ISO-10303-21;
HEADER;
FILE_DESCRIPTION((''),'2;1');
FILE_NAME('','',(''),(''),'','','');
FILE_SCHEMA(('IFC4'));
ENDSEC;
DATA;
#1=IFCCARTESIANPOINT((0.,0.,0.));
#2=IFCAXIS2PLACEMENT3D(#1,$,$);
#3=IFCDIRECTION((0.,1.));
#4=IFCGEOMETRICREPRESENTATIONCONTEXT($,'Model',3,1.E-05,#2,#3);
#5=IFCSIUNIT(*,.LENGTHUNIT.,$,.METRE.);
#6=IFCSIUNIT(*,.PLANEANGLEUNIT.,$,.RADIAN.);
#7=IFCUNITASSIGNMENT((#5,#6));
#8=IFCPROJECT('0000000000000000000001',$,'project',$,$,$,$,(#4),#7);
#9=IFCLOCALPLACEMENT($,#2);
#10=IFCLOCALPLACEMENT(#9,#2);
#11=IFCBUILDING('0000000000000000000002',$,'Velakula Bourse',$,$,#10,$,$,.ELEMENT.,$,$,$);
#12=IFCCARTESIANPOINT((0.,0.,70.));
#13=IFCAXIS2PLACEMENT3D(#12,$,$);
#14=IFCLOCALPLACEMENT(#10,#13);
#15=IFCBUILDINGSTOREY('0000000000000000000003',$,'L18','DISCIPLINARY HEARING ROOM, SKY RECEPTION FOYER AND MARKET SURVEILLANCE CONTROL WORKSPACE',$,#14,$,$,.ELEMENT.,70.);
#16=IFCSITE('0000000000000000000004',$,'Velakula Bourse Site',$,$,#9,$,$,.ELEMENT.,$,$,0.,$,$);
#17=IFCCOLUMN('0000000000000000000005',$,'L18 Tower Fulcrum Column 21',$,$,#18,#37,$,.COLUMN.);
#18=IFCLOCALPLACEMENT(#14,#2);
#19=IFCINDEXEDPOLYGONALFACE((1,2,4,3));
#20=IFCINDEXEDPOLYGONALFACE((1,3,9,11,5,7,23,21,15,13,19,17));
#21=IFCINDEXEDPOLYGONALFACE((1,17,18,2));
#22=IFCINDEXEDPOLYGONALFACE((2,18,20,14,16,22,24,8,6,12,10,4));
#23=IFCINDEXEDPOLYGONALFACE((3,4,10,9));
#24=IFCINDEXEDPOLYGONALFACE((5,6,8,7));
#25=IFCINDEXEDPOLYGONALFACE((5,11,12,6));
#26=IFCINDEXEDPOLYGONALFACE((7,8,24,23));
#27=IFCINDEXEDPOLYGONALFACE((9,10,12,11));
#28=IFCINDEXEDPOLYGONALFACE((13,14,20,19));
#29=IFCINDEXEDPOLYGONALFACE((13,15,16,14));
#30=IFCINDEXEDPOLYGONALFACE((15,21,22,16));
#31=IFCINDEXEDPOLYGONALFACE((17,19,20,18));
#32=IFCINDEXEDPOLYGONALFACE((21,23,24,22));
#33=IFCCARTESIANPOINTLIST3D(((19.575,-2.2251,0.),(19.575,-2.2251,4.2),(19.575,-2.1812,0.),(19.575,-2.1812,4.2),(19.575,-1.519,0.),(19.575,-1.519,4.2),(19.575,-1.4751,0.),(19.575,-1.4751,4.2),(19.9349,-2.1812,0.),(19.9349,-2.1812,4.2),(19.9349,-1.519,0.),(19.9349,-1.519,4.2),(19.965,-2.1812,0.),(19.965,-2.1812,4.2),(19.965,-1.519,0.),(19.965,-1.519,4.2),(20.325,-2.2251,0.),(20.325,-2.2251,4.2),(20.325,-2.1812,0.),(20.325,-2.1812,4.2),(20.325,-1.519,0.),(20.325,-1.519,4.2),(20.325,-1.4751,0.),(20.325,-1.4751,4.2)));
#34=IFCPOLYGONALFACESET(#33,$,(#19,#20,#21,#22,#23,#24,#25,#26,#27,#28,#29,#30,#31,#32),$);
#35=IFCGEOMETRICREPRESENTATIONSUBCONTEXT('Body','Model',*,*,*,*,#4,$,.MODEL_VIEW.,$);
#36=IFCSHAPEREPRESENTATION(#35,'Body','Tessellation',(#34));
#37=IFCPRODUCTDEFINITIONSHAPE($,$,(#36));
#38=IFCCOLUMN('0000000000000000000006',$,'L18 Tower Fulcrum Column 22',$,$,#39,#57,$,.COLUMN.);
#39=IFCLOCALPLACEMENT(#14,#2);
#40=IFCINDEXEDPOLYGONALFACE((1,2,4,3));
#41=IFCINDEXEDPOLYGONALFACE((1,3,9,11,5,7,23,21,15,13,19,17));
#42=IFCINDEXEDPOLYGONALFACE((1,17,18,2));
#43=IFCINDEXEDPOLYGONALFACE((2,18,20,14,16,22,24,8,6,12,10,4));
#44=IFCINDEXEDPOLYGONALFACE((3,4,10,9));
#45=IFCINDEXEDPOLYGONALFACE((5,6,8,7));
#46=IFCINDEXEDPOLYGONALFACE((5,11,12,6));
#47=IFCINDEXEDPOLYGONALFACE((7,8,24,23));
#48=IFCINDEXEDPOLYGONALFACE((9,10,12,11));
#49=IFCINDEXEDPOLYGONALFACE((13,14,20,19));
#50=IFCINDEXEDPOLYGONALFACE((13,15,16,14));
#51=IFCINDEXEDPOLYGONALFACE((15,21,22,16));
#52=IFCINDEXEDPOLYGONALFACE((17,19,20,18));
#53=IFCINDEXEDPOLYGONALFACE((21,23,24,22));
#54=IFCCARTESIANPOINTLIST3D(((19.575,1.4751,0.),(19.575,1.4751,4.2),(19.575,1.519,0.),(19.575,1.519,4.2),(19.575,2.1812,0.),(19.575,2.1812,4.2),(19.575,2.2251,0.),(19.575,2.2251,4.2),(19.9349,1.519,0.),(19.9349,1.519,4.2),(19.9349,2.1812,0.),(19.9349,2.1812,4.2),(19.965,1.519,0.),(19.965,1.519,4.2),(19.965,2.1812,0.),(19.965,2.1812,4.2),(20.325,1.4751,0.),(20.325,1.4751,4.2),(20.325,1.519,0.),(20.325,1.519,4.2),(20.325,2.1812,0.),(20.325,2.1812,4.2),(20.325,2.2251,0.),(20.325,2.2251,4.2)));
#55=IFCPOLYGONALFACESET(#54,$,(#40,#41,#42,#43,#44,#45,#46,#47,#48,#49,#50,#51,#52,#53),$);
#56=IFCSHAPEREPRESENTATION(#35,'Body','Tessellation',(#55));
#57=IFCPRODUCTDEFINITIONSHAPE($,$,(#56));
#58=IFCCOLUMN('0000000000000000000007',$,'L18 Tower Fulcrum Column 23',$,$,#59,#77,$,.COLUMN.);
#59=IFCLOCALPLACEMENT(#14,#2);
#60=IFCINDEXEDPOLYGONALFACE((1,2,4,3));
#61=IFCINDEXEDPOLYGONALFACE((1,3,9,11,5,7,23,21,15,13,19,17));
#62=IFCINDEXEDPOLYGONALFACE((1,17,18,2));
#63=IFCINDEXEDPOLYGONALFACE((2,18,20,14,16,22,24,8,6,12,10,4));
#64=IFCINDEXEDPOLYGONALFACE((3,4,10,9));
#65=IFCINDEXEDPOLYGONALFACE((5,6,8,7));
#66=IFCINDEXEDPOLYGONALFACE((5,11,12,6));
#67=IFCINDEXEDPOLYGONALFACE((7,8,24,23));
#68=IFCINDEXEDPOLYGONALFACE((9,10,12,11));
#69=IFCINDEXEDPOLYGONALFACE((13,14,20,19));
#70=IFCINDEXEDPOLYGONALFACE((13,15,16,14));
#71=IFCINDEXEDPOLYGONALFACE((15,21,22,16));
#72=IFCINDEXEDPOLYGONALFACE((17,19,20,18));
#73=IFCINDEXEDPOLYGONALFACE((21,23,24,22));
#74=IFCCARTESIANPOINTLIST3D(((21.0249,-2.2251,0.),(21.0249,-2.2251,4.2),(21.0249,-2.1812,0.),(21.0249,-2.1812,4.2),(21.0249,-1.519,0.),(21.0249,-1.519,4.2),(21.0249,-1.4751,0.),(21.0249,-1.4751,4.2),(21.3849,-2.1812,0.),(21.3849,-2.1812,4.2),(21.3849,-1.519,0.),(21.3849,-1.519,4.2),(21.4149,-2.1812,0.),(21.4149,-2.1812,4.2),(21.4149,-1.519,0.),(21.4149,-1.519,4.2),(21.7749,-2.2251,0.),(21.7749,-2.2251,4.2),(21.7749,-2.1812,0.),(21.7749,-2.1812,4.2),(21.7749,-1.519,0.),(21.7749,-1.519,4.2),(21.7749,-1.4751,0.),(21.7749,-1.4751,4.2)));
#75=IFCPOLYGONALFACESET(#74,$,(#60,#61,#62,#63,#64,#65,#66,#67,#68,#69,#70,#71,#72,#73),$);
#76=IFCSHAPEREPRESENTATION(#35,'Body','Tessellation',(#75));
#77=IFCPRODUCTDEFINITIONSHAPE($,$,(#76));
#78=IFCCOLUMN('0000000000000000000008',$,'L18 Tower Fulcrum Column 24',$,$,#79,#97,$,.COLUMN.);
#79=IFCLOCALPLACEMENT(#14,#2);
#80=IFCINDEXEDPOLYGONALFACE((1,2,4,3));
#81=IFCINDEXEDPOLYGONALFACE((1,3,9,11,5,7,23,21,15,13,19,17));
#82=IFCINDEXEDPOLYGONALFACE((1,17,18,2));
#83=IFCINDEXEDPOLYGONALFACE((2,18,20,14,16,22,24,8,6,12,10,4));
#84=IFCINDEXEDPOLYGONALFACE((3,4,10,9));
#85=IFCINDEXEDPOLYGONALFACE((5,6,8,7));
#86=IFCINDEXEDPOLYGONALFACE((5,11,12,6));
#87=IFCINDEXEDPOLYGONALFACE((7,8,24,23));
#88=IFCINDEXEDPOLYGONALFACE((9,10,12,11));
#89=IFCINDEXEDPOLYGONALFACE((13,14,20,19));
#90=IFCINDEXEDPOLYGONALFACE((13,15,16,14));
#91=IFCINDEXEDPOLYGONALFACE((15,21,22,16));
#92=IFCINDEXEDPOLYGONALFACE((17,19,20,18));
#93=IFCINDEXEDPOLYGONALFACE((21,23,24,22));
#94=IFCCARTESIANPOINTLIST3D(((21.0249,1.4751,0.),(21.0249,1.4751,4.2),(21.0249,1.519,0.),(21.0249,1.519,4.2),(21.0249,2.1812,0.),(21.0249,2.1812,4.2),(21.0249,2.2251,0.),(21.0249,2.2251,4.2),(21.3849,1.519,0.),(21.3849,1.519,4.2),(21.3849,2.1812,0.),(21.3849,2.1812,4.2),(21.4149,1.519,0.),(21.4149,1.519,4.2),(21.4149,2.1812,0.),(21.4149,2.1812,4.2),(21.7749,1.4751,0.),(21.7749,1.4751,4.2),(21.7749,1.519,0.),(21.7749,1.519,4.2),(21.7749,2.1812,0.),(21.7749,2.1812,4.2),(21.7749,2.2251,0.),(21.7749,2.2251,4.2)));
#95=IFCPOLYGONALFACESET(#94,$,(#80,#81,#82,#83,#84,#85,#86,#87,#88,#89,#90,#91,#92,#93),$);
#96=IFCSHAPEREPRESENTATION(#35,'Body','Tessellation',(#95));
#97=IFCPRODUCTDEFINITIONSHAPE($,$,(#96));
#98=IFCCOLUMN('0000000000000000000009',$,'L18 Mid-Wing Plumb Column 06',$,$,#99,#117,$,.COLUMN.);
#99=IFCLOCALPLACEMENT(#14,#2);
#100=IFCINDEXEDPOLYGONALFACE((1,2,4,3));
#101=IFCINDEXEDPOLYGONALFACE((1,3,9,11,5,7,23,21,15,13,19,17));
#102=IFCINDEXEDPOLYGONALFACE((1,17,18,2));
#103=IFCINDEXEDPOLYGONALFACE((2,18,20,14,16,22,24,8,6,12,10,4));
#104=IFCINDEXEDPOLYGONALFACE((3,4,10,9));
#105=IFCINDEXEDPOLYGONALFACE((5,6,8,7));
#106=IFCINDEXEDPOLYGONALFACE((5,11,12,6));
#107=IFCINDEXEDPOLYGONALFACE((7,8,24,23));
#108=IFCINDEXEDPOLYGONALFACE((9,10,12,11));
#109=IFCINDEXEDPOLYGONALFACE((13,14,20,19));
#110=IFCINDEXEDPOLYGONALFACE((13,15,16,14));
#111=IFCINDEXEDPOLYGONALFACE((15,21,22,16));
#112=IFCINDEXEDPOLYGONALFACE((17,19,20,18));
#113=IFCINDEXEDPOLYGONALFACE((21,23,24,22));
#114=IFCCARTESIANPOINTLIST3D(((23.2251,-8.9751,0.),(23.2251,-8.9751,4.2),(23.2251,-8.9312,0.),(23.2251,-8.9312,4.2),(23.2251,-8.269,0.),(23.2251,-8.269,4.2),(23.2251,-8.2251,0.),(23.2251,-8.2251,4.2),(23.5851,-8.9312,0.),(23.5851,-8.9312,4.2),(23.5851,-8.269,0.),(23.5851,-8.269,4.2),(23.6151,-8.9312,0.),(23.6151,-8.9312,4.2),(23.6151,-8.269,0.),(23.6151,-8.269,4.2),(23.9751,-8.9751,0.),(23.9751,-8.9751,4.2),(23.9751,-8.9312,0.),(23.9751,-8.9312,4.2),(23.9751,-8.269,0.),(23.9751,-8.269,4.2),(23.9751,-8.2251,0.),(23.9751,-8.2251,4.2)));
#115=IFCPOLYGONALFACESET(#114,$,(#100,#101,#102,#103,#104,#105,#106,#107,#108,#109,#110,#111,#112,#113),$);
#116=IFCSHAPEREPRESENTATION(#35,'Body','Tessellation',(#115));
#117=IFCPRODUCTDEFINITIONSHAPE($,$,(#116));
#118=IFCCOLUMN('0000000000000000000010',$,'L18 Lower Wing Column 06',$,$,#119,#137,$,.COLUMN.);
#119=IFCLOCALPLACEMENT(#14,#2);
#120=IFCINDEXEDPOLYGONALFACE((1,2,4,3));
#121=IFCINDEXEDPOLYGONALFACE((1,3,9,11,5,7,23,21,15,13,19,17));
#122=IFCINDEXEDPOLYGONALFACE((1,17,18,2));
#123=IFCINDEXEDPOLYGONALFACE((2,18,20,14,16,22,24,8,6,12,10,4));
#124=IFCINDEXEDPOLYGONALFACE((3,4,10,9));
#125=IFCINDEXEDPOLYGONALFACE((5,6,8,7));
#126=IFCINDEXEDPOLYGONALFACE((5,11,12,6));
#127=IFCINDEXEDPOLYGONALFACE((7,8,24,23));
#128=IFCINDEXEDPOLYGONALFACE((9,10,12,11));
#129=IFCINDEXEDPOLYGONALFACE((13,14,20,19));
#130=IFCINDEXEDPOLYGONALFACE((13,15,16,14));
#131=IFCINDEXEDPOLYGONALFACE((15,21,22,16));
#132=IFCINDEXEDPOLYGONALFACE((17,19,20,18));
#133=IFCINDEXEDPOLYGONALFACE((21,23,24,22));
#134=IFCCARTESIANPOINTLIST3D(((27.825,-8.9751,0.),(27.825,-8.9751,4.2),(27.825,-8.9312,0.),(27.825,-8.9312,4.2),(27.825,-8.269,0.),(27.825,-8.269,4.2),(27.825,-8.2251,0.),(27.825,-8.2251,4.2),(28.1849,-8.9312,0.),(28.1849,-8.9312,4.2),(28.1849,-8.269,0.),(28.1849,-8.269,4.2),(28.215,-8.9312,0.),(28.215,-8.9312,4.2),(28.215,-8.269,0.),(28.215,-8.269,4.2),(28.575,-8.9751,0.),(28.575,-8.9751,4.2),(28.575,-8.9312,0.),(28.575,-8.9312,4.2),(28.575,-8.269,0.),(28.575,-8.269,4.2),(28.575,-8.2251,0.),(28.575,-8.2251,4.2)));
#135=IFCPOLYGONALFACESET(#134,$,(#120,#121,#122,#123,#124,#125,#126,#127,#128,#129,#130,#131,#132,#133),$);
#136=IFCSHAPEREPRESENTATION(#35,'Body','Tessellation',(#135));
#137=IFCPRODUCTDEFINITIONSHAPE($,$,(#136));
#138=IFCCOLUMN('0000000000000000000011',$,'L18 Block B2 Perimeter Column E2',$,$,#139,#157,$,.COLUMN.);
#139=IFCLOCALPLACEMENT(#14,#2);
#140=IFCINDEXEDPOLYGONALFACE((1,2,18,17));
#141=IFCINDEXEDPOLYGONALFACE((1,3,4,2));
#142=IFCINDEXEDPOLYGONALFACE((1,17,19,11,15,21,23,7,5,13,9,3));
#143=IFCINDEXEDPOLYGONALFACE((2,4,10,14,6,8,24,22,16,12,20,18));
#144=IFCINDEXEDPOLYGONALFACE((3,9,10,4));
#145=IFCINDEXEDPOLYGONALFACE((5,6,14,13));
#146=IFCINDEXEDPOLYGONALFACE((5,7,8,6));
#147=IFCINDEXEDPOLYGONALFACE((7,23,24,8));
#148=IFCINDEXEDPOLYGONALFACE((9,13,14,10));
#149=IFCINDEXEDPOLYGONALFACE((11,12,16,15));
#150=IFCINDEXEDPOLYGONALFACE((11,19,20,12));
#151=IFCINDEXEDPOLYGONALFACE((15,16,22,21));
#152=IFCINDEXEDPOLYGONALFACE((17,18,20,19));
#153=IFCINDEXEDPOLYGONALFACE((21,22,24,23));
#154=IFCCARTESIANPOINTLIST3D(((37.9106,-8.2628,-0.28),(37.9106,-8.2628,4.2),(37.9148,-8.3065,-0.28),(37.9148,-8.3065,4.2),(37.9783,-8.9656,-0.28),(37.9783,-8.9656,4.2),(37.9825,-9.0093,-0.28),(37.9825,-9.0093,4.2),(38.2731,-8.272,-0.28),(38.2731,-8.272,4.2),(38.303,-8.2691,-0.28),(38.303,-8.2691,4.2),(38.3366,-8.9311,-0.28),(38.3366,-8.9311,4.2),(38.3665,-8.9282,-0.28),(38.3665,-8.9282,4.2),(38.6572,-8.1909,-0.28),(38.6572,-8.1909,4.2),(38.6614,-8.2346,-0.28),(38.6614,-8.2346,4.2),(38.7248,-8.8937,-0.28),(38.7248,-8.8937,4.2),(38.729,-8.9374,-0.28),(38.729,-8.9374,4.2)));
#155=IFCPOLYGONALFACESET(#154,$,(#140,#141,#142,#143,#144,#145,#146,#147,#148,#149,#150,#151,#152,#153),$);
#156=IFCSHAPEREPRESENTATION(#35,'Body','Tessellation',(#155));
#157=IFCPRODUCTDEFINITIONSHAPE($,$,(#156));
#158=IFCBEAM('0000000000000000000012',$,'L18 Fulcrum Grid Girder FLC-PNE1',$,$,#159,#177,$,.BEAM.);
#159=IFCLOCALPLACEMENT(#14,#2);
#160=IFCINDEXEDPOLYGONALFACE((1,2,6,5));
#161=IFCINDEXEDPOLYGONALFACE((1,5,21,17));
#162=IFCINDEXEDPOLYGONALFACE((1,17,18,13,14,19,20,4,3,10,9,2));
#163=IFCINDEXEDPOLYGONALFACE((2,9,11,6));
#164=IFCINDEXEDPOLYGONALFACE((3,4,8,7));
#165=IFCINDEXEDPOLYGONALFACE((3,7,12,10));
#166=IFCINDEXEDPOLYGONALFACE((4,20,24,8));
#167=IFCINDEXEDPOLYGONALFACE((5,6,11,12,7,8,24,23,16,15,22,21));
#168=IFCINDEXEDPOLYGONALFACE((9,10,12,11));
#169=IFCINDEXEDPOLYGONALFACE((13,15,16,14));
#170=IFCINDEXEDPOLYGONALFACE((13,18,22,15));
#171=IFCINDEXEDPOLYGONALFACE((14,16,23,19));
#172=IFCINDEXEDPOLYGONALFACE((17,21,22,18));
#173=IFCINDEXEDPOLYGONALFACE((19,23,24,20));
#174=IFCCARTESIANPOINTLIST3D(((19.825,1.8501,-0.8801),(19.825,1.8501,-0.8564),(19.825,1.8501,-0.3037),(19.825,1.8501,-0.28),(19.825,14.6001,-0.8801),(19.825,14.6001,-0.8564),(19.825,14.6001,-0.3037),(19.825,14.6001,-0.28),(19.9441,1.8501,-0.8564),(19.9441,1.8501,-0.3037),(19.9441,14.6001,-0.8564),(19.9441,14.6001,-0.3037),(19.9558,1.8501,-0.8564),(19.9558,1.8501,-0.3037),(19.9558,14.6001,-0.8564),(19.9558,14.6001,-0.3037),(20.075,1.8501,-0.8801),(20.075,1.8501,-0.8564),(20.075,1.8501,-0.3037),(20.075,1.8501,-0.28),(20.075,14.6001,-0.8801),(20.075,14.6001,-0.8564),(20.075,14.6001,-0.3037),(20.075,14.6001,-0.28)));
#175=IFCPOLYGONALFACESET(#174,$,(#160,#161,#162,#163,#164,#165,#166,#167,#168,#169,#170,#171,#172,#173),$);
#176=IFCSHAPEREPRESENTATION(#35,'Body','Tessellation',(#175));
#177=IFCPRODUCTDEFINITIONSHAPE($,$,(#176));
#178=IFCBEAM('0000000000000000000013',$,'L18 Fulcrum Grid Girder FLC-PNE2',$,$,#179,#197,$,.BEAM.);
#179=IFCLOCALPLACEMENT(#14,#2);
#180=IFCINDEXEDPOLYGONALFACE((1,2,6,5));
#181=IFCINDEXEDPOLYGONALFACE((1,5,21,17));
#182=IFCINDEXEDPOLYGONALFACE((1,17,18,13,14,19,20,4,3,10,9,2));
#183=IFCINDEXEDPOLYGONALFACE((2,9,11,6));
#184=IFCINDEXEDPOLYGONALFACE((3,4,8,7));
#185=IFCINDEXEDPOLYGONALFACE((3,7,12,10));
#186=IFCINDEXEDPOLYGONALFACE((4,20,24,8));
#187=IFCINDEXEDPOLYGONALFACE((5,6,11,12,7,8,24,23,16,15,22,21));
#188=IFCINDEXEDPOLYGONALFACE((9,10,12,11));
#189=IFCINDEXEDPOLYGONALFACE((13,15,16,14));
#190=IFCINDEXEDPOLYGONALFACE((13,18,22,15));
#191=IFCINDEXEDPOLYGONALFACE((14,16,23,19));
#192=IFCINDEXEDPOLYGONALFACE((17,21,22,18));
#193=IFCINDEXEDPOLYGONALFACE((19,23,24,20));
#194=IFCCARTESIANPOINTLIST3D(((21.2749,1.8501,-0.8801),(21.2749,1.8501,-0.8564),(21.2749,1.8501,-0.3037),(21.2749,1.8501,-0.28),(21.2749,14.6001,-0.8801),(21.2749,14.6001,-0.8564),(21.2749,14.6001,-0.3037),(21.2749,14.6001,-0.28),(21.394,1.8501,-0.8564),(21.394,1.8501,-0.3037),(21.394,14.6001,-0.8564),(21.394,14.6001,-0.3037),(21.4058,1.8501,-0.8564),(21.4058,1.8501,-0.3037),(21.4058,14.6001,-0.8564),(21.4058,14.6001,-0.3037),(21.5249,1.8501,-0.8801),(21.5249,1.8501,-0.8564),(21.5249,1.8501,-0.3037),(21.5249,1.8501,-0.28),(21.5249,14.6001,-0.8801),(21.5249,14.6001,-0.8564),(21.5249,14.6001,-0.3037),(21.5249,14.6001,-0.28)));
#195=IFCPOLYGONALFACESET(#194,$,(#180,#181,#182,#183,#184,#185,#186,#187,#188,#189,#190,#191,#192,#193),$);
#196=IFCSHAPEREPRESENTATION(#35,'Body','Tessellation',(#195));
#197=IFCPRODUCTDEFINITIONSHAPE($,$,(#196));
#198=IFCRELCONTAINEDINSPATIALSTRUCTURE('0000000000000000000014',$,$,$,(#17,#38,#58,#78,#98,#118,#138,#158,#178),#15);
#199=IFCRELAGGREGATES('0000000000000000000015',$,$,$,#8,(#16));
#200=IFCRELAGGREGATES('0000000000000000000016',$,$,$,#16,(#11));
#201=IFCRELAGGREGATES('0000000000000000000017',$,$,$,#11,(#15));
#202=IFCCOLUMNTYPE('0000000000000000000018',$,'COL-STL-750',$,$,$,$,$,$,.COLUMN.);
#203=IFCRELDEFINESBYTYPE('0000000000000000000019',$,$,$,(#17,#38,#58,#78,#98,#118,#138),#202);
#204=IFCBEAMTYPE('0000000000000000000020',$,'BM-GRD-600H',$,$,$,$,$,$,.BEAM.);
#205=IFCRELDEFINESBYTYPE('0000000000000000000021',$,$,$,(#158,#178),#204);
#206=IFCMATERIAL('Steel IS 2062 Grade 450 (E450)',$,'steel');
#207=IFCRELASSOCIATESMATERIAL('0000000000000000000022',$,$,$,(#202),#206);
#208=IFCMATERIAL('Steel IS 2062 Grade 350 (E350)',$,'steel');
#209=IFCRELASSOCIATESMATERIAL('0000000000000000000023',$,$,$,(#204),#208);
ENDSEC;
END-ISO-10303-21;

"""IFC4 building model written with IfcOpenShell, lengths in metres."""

from ifc_helpers import new_model, si_unit, direction, frame, origin, origin_2d, place, context, subcontext, project, spatial, i_section, extrude, material, material_profile, profile_set, type_object, element, save


model = new_model("IFC4")

# Units and contexts
model_context = context("Model", 3, precision=1e-05, world=origin(), true_north=direction((0.0, 1.0)))
body_context = subcontext(model_context, "Body", "Model", "MODEL_VIEW")
ifc_project = project(units=[si_unit("LENGTHUNIT", "METRE"), si_unit("PLANEANGLEUNIT", "RADIAN")], contexts=[model_context])

# Site, building, storey
site_placement = place(None, origin())
site = spatial("IfcSite", under=ifc_project, at=site_placement, Name="Velakula Bourse Site", CompositionType="ELEMENT", RefElevation=0.0)
building_placement = place(site_placement, origin())
building = spatial("IfcBuilding", under=site, at=building_placement, Name="Velakula Bourse", CompositionType="ELEMENT")
storey_placement = place(building_placement, frame((0.0, 0.0, 70.0)))
storey = spatial("IfcBuildingStorey", under=building, at=storey_placement, Name="L18", Description="DISCIPLINARY HEARING ROOM, SKY RECEPTION FOYER AND MARKET SURVEILLANCE CONTROL WORKSPACE", CompositionType="ELEMENT", Elevation=70.0)

# Columns
ifc_material_1 = material(Name="Steel IS 2062 Grade 450 (E450)", Category="steel")
ifc_material_profile_1 = material_profile(ifc_material_1, i_section(OverallWidth=0.75, OverallDepth=0.75, WebThickness=0.03, FlangeThickness=0.0439, at=origin_2d()), Name="Steel IS 2062 Grade 450 (E450)")
ifc_profile_set_1 = profile_set([ifc_material_profile_1], Name="Steel IS 2062 Grade 450 (E450)")
column_type = type_object("IfcColumnType", Name="COL-STL-750", PredefinedType="COLUMN", material=ifc_profile_set_1)
for number, where, z_axis, x_axis, name in (
    (1, (19.95, -1.8501, 0.0), (0.0, 0.0, 1.0), (1.0, 0.0, 0.0), "L18 Tower Fulcrum Column 21"),
    (2, (19.95, 1.8501, 0.0), (0.0, 0.0, 1.0), (1.0, 0.0, 0.0), "L18 Tower Fulcrum Column 22"),
    (3, (21.3999, -1.8501, 0.0), (0.0, 0.0, 1.0), (1.0, 0.0, 0.0), "L18 Tower Fulcrum Column 23"),
    (4, (21.3999, 1.8501, 0.0), (0.0, 0.0, 1.0), (1.0, 0.0, 0.0), "L18 Tower Fulcrum Column 24"),
    (5, (23.6001, -8.6001, 0.0), (0.0, 0.0, 1.0), (1.0, 0.0, 0.0), "L18 Mid-Wing Plumb Column 06"),
    (6, (28.2, -8.6001, 0.0), (0.0, 0.0, 1.0), (1.0, 0.0, 0.0), "L18 Lower Wing Column 06"),
):
    element("IfcColumn", number, at=place(storey_placement, frame(where, z_axis=z_axis, x_axis=x_axis)), inside=storey, type_object=column_type, Name=name, PredefinedType="COLUMN", context=body_context, shape_type="SweptSolid", body=[
        extrude(i_section(OverallWidth=0.75, OverallDepth=0.75, WebThickness=0.03, FlangeThickness=0.0439, at=origin_2d()), origin(), (0.0, 0.0, 1.0), 4.2),
    ])
column_placement = place(storey_placement, frame((38.3198, -8.6001, -0.28), z_axis=(0.0, 0.0, 1.0), x_axis=(0.995396, 0.095846, 0.0)))
element("IfcColumn", 7, at=column_placement, inside=storey, type_object=column_type, Name="L18 Block B2 Perimeter Column E2", PredefinedType="COLUMN", context=body_context, shape_type="SweptSolid", body=[
    extrude(i_section(OverallWidth=0.75, OverallDepth=0.75, WebThickness=0.03, FlangeThickness=0.0439, at=origin_2d()), origin(), (0.0, 0.0, 1.0), 4.48),
])

# Beams
ifc_material_2 = material(Name="Steel IS 2062 Grade 350 (E350)", Category="steel")
ifc_material_profile_2 = material_profile(ifc_material_2, i_section(OverallWidth=0.25, OverallDepth=0.6001, WebThickness=0.0117, FlangeThickness=0.0237, at=origin_2d()), Name="Steel IS 2062 Grade 350 (E350)")
ifc_profile_set_2 = profile_set([ifc_material_profile_2], Name="Steel IS 2062 Grade 350 (E350)")
beam_type_1 = type_object("IfcBeamType", Name="BM-GRD-600H", PredefinedType="BEAM", material=ifc_profile_set_2)
for number, where, z_axis, x_axis, name in (
    (8, (19.95, 1.8501, -0.5801), (0.0, 1.0, 0.0), (-1.0, 0.0, 0.0), "L18 Fulcrum Grid Girder FLC-PNE1"),
    (9, (21.3999, 1.8501, -0.5801), (0.0, 1.0, 0.0), (-1.0, 0.0, 0.0), "L18 Fulcrum Grid Girder FLC-PNE2"),
):
    element("IfcBeam", number, at=place(storey_placement, frame(where, z_axis=z_axis, x_axis=x_axis)), inside=storey, type_object=beam_type_1, Name=name, PredefinedType="BEAM", context=body_context, shape_type="SweptSolid", body=[
        extrude(i_section(OverallWidth=0.25, OverallDepth=0.6001, WebThickness=0.0117, FlangeThickness=0.0237, at=origin_2d()), origin(), (0.0, 0.0, 1.0), 12.75),
    ])

save(model, "model.ifc")
